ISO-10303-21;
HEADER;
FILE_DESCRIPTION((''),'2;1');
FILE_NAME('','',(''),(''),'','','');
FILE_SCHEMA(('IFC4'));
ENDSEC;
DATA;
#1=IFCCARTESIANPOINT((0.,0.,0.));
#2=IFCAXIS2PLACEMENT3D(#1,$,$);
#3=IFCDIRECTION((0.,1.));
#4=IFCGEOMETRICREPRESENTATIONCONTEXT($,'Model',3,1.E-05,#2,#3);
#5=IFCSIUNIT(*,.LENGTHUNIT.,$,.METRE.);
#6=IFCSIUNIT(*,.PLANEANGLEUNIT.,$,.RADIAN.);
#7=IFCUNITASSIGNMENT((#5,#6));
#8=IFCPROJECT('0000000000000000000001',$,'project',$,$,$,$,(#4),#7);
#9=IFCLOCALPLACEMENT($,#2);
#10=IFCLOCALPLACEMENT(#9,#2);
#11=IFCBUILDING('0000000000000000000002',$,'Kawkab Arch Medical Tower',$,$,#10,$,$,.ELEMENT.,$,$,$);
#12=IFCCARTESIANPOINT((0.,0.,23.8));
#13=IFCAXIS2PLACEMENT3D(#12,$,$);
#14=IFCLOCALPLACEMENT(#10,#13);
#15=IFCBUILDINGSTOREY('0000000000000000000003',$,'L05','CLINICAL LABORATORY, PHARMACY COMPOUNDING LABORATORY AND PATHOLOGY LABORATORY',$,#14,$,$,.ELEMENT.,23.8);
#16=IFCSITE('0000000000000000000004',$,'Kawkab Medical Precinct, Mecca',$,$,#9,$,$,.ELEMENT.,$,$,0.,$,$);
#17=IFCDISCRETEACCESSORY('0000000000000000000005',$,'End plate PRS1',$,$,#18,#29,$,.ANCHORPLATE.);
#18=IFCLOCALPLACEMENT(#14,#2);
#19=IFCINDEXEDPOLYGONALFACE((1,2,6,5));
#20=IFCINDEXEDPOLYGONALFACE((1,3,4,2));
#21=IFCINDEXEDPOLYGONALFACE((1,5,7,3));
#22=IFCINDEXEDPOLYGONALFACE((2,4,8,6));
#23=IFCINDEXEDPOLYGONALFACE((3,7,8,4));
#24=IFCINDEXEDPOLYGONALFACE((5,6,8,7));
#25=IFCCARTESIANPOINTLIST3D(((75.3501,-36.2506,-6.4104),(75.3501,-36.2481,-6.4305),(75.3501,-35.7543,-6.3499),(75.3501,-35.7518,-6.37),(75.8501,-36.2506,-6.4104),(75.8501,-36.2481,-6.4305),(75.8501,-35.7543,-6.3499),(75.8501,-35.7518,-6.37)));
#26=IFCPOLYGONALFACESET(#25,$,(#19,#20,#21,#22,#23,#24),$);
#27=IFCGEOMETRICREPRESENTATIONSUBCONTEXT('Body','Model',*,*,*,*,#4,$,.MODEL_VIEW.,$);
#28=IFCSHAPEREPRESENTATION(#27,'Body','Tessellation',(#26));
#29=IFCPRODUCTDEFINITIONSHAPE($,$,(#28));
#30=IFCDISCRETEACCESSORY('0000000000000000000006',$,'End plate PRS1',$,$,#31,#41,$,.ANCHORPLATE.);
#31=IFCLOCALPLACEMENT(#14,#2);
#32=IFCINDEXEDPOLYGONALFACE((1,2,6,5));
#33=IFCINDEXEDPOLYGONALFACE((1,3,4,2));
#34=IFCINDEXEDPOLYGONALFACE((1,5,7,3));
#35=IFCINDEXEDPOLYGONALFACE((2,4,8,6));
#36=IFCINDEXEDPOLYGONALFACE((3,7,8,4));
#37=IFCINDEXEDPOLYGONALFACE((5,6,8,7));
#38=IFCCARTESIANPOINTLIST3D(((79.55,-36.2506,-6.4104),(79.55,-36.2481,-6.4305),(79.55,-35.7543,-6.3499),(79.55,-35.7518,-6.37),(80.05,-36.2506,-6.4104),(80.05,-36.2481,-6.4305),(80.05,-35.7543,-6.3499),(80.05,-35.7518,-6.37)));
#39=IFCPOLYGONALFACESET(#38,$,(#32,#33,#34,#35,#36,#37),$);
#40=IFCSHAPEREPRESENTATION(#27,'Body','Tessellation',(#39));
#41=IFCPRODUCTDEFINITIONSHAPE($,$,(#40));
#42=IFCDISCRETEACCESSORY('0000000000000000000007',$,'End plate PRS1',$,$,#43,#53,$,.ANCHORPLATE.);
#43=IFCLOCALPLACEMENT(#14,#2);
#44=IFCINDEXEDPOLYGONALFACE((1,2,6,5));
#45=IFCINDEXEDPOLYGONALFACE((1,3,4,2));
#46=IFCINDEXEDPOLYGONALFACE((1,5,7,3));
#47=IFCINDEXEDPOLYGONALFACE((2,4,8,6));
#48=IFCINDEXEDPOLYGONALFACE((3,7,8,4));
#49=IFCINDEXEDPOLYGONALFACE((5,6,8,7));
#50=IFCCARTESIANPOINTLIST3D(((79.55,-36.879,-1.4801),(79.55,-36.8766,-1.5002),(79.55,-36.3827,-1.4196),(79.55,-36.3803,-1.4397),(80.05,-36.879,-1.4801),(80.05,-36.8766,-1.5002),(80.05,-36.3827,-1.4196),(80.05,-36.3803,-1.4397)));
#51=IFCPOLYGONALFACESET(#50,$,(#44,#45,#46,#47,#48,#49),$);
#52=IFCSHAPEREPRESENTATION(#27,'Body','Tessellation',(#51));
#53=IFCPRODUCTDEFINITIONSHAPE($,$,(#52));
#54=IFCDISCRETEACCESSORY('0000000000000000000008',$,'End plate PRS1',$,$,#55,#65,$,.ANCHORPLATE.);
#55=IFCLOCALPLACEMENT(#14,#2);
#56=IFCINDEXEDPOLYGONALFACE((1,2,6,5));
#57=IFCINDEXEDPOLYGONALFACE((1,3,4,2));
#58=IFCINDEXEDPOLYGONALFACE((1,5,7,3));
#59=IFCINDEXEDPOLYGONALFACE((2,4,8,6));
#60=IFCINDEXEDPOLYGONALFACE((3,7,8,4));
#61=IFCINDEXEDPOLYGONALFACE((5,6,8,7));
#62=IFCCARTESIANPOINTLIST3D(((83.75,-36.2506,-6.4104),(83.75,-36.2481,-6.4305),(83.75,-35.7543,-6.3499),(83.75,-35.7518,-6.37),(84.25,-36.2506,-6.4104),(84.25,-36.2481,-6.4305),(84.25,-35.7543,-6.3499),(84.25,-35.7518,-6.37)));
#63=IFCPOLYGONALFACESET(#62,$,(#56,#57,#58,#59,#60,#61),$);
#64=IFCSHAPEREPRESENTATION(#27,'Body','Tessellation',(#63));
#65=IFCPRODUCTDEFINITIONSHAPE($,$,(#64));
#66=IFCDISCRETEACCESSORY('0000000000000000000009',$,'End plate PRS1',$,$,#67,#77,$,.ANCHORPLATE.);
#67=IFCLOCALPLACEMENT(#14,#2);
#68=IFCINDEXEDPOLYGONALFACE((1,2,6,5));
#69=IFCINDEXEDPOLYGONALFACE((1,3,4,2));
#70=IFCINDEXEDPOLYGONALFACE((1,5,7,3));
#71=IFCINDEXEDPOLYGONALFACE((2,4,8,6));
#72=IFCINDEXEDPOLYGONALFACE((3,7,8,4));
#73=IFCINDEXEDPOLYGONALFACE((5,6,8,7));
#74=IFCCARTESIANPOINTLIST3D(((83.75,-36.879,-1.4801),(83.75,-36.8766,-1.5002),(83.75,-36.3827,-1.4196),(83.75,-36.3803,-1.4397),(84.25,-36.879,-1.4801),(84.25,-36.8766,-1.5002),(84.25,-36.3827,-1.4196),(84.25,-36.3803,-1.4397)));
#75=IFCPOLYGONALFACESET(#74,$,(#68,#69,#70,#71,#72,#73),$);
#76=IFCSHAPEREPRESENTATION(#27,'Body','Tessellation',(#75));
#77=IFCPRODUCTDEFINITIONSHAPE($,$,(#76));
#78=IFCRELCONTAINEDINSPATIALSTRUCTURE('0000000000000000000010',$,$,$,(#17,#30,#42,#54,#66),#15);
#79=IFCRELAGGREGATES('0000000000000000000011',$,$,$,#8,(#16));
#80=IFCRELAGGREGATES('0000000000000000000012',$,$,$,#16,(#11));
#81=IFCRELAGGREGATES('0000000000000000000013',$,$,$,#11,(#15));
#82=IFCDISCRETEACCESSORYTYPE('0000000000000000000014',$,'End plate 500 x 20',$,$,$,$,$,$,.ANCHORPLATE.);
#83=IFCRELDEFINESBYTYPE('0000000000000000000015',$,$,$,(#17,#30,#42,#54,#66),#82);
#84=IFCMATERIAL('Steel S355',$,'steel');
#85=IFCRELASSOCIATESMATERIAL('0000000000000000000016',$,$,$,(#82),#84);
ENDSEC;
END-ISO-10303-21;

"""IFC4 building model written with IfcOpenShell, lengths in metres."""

from ifc_helpers import new_model, si_unit, direction, frame, origin, origin_2d, place, context, subcontext, project, spatial, rectangle, extrude, material, material_profile, profile_set, type_object, element, save


model = new_model("IFC4")

# Units and contexts
model_context = context("Model", 3, precision=1e-05, world=origin(), true_north=direction((0.0, 1.0)))
body_context = subcontext(model_context, "Body", "Model", "MODEL_VIEW")
ifc_project = project(units=[si_unit("LENGTHUNIT", "METRE"), si_unit("PLANEANGLEUNIT", "RADIAN")], contexts=[model_context])

# Site, building, storey
site_placement = place(None, origin())
site = spatial("IfcSite", under=ifc_project, at=site_placement, Name="Kawkab Medical Precinct, Mecca", CompositionType="ELEMENT", RefElevation=0.0)
building_placement = place(site_placement, origin())
building = spatial("IfcBuilding", under=site, at=building_placement, Name="Kawkab Arch Medical Tower", CompositionType="ELEMENT")
storey_placement = place(building_placement, frame((0.0, 0.0, 23.8)))
storey = spatial("IfcBuildingStorey", under=building, at=storey_placement, Name="L05", Description="CLINICAL LABORATORY, PHARMACY COMPOUNDING LABORATORY AND PATHOLOGY LABORATORY", CompositionType="ELEMENT", Elevation=23.8)

# Discrete accessories
ifc_material_1 = material(Name="Steel S355", Category="steel")
ifc_material_profile_1 = material_profile(ifc_material_1, rectangle(XDim=0.5, YDim=0.5, at=origin_2d()), Name="End plate 500 x 20")
ifc_profile_set_1 = profile_set([ifc_material_profile_1], Name="Steel S355")
discrete_accessory_type = type_object("IfcDiscreteAccessoryType", Name="End plate 500 x 20", PredefinedType="ANCHORPLATE", material=ifc_profile_set_1)
for number, where, z_axis, x_axis, name in (
    (1, (75.6001, -36.0024, -6.3801), (0.0, 0.121054, -0.992646), (-1.0, 0.0, 0.0), "End plate PRS1"),
    (2, (79.8, -36.0024, -6.3801), (0.0, 0.121054, -0.992646), (-1.0, 0.0, 0.0), "End plate PRS1"),
    (3, (79.8, -36.6284, -1.47), (0.0, -0.121054, 0.992646), (1.0, 0.0, 0.0), "End plate PRS1"),
    (4, (84.0, -36.0024, -6.3801), (0.0, 0.121054, -0.992646), (-1.0, 0.0, 0.0), "End plate PRS1"),
    (5, (84.0, -36.6284, -1.47), (0.0, -0.121054, 0.992646), (1.0, 0.0, 0.0), "End plate PRS1"),
):
    element("IfcDiscreteAccessory", number, at=place(storey_placement, frame(where, z_axis=z_axis, x_axis=x_axis)), inside=storey, type_object=discrete_accessory_type, Name=name, PredefinedType="ANCHORPLATE", context=body_context, shape_type="SweptSolid", body=[
        extrude(rectangle(XDim=0.5, YDim=0.5, at=origin_2d()), origin(), (0.0, 0.0, 1.0), 0.0203),
    ])

save(model, "model.ifc")
